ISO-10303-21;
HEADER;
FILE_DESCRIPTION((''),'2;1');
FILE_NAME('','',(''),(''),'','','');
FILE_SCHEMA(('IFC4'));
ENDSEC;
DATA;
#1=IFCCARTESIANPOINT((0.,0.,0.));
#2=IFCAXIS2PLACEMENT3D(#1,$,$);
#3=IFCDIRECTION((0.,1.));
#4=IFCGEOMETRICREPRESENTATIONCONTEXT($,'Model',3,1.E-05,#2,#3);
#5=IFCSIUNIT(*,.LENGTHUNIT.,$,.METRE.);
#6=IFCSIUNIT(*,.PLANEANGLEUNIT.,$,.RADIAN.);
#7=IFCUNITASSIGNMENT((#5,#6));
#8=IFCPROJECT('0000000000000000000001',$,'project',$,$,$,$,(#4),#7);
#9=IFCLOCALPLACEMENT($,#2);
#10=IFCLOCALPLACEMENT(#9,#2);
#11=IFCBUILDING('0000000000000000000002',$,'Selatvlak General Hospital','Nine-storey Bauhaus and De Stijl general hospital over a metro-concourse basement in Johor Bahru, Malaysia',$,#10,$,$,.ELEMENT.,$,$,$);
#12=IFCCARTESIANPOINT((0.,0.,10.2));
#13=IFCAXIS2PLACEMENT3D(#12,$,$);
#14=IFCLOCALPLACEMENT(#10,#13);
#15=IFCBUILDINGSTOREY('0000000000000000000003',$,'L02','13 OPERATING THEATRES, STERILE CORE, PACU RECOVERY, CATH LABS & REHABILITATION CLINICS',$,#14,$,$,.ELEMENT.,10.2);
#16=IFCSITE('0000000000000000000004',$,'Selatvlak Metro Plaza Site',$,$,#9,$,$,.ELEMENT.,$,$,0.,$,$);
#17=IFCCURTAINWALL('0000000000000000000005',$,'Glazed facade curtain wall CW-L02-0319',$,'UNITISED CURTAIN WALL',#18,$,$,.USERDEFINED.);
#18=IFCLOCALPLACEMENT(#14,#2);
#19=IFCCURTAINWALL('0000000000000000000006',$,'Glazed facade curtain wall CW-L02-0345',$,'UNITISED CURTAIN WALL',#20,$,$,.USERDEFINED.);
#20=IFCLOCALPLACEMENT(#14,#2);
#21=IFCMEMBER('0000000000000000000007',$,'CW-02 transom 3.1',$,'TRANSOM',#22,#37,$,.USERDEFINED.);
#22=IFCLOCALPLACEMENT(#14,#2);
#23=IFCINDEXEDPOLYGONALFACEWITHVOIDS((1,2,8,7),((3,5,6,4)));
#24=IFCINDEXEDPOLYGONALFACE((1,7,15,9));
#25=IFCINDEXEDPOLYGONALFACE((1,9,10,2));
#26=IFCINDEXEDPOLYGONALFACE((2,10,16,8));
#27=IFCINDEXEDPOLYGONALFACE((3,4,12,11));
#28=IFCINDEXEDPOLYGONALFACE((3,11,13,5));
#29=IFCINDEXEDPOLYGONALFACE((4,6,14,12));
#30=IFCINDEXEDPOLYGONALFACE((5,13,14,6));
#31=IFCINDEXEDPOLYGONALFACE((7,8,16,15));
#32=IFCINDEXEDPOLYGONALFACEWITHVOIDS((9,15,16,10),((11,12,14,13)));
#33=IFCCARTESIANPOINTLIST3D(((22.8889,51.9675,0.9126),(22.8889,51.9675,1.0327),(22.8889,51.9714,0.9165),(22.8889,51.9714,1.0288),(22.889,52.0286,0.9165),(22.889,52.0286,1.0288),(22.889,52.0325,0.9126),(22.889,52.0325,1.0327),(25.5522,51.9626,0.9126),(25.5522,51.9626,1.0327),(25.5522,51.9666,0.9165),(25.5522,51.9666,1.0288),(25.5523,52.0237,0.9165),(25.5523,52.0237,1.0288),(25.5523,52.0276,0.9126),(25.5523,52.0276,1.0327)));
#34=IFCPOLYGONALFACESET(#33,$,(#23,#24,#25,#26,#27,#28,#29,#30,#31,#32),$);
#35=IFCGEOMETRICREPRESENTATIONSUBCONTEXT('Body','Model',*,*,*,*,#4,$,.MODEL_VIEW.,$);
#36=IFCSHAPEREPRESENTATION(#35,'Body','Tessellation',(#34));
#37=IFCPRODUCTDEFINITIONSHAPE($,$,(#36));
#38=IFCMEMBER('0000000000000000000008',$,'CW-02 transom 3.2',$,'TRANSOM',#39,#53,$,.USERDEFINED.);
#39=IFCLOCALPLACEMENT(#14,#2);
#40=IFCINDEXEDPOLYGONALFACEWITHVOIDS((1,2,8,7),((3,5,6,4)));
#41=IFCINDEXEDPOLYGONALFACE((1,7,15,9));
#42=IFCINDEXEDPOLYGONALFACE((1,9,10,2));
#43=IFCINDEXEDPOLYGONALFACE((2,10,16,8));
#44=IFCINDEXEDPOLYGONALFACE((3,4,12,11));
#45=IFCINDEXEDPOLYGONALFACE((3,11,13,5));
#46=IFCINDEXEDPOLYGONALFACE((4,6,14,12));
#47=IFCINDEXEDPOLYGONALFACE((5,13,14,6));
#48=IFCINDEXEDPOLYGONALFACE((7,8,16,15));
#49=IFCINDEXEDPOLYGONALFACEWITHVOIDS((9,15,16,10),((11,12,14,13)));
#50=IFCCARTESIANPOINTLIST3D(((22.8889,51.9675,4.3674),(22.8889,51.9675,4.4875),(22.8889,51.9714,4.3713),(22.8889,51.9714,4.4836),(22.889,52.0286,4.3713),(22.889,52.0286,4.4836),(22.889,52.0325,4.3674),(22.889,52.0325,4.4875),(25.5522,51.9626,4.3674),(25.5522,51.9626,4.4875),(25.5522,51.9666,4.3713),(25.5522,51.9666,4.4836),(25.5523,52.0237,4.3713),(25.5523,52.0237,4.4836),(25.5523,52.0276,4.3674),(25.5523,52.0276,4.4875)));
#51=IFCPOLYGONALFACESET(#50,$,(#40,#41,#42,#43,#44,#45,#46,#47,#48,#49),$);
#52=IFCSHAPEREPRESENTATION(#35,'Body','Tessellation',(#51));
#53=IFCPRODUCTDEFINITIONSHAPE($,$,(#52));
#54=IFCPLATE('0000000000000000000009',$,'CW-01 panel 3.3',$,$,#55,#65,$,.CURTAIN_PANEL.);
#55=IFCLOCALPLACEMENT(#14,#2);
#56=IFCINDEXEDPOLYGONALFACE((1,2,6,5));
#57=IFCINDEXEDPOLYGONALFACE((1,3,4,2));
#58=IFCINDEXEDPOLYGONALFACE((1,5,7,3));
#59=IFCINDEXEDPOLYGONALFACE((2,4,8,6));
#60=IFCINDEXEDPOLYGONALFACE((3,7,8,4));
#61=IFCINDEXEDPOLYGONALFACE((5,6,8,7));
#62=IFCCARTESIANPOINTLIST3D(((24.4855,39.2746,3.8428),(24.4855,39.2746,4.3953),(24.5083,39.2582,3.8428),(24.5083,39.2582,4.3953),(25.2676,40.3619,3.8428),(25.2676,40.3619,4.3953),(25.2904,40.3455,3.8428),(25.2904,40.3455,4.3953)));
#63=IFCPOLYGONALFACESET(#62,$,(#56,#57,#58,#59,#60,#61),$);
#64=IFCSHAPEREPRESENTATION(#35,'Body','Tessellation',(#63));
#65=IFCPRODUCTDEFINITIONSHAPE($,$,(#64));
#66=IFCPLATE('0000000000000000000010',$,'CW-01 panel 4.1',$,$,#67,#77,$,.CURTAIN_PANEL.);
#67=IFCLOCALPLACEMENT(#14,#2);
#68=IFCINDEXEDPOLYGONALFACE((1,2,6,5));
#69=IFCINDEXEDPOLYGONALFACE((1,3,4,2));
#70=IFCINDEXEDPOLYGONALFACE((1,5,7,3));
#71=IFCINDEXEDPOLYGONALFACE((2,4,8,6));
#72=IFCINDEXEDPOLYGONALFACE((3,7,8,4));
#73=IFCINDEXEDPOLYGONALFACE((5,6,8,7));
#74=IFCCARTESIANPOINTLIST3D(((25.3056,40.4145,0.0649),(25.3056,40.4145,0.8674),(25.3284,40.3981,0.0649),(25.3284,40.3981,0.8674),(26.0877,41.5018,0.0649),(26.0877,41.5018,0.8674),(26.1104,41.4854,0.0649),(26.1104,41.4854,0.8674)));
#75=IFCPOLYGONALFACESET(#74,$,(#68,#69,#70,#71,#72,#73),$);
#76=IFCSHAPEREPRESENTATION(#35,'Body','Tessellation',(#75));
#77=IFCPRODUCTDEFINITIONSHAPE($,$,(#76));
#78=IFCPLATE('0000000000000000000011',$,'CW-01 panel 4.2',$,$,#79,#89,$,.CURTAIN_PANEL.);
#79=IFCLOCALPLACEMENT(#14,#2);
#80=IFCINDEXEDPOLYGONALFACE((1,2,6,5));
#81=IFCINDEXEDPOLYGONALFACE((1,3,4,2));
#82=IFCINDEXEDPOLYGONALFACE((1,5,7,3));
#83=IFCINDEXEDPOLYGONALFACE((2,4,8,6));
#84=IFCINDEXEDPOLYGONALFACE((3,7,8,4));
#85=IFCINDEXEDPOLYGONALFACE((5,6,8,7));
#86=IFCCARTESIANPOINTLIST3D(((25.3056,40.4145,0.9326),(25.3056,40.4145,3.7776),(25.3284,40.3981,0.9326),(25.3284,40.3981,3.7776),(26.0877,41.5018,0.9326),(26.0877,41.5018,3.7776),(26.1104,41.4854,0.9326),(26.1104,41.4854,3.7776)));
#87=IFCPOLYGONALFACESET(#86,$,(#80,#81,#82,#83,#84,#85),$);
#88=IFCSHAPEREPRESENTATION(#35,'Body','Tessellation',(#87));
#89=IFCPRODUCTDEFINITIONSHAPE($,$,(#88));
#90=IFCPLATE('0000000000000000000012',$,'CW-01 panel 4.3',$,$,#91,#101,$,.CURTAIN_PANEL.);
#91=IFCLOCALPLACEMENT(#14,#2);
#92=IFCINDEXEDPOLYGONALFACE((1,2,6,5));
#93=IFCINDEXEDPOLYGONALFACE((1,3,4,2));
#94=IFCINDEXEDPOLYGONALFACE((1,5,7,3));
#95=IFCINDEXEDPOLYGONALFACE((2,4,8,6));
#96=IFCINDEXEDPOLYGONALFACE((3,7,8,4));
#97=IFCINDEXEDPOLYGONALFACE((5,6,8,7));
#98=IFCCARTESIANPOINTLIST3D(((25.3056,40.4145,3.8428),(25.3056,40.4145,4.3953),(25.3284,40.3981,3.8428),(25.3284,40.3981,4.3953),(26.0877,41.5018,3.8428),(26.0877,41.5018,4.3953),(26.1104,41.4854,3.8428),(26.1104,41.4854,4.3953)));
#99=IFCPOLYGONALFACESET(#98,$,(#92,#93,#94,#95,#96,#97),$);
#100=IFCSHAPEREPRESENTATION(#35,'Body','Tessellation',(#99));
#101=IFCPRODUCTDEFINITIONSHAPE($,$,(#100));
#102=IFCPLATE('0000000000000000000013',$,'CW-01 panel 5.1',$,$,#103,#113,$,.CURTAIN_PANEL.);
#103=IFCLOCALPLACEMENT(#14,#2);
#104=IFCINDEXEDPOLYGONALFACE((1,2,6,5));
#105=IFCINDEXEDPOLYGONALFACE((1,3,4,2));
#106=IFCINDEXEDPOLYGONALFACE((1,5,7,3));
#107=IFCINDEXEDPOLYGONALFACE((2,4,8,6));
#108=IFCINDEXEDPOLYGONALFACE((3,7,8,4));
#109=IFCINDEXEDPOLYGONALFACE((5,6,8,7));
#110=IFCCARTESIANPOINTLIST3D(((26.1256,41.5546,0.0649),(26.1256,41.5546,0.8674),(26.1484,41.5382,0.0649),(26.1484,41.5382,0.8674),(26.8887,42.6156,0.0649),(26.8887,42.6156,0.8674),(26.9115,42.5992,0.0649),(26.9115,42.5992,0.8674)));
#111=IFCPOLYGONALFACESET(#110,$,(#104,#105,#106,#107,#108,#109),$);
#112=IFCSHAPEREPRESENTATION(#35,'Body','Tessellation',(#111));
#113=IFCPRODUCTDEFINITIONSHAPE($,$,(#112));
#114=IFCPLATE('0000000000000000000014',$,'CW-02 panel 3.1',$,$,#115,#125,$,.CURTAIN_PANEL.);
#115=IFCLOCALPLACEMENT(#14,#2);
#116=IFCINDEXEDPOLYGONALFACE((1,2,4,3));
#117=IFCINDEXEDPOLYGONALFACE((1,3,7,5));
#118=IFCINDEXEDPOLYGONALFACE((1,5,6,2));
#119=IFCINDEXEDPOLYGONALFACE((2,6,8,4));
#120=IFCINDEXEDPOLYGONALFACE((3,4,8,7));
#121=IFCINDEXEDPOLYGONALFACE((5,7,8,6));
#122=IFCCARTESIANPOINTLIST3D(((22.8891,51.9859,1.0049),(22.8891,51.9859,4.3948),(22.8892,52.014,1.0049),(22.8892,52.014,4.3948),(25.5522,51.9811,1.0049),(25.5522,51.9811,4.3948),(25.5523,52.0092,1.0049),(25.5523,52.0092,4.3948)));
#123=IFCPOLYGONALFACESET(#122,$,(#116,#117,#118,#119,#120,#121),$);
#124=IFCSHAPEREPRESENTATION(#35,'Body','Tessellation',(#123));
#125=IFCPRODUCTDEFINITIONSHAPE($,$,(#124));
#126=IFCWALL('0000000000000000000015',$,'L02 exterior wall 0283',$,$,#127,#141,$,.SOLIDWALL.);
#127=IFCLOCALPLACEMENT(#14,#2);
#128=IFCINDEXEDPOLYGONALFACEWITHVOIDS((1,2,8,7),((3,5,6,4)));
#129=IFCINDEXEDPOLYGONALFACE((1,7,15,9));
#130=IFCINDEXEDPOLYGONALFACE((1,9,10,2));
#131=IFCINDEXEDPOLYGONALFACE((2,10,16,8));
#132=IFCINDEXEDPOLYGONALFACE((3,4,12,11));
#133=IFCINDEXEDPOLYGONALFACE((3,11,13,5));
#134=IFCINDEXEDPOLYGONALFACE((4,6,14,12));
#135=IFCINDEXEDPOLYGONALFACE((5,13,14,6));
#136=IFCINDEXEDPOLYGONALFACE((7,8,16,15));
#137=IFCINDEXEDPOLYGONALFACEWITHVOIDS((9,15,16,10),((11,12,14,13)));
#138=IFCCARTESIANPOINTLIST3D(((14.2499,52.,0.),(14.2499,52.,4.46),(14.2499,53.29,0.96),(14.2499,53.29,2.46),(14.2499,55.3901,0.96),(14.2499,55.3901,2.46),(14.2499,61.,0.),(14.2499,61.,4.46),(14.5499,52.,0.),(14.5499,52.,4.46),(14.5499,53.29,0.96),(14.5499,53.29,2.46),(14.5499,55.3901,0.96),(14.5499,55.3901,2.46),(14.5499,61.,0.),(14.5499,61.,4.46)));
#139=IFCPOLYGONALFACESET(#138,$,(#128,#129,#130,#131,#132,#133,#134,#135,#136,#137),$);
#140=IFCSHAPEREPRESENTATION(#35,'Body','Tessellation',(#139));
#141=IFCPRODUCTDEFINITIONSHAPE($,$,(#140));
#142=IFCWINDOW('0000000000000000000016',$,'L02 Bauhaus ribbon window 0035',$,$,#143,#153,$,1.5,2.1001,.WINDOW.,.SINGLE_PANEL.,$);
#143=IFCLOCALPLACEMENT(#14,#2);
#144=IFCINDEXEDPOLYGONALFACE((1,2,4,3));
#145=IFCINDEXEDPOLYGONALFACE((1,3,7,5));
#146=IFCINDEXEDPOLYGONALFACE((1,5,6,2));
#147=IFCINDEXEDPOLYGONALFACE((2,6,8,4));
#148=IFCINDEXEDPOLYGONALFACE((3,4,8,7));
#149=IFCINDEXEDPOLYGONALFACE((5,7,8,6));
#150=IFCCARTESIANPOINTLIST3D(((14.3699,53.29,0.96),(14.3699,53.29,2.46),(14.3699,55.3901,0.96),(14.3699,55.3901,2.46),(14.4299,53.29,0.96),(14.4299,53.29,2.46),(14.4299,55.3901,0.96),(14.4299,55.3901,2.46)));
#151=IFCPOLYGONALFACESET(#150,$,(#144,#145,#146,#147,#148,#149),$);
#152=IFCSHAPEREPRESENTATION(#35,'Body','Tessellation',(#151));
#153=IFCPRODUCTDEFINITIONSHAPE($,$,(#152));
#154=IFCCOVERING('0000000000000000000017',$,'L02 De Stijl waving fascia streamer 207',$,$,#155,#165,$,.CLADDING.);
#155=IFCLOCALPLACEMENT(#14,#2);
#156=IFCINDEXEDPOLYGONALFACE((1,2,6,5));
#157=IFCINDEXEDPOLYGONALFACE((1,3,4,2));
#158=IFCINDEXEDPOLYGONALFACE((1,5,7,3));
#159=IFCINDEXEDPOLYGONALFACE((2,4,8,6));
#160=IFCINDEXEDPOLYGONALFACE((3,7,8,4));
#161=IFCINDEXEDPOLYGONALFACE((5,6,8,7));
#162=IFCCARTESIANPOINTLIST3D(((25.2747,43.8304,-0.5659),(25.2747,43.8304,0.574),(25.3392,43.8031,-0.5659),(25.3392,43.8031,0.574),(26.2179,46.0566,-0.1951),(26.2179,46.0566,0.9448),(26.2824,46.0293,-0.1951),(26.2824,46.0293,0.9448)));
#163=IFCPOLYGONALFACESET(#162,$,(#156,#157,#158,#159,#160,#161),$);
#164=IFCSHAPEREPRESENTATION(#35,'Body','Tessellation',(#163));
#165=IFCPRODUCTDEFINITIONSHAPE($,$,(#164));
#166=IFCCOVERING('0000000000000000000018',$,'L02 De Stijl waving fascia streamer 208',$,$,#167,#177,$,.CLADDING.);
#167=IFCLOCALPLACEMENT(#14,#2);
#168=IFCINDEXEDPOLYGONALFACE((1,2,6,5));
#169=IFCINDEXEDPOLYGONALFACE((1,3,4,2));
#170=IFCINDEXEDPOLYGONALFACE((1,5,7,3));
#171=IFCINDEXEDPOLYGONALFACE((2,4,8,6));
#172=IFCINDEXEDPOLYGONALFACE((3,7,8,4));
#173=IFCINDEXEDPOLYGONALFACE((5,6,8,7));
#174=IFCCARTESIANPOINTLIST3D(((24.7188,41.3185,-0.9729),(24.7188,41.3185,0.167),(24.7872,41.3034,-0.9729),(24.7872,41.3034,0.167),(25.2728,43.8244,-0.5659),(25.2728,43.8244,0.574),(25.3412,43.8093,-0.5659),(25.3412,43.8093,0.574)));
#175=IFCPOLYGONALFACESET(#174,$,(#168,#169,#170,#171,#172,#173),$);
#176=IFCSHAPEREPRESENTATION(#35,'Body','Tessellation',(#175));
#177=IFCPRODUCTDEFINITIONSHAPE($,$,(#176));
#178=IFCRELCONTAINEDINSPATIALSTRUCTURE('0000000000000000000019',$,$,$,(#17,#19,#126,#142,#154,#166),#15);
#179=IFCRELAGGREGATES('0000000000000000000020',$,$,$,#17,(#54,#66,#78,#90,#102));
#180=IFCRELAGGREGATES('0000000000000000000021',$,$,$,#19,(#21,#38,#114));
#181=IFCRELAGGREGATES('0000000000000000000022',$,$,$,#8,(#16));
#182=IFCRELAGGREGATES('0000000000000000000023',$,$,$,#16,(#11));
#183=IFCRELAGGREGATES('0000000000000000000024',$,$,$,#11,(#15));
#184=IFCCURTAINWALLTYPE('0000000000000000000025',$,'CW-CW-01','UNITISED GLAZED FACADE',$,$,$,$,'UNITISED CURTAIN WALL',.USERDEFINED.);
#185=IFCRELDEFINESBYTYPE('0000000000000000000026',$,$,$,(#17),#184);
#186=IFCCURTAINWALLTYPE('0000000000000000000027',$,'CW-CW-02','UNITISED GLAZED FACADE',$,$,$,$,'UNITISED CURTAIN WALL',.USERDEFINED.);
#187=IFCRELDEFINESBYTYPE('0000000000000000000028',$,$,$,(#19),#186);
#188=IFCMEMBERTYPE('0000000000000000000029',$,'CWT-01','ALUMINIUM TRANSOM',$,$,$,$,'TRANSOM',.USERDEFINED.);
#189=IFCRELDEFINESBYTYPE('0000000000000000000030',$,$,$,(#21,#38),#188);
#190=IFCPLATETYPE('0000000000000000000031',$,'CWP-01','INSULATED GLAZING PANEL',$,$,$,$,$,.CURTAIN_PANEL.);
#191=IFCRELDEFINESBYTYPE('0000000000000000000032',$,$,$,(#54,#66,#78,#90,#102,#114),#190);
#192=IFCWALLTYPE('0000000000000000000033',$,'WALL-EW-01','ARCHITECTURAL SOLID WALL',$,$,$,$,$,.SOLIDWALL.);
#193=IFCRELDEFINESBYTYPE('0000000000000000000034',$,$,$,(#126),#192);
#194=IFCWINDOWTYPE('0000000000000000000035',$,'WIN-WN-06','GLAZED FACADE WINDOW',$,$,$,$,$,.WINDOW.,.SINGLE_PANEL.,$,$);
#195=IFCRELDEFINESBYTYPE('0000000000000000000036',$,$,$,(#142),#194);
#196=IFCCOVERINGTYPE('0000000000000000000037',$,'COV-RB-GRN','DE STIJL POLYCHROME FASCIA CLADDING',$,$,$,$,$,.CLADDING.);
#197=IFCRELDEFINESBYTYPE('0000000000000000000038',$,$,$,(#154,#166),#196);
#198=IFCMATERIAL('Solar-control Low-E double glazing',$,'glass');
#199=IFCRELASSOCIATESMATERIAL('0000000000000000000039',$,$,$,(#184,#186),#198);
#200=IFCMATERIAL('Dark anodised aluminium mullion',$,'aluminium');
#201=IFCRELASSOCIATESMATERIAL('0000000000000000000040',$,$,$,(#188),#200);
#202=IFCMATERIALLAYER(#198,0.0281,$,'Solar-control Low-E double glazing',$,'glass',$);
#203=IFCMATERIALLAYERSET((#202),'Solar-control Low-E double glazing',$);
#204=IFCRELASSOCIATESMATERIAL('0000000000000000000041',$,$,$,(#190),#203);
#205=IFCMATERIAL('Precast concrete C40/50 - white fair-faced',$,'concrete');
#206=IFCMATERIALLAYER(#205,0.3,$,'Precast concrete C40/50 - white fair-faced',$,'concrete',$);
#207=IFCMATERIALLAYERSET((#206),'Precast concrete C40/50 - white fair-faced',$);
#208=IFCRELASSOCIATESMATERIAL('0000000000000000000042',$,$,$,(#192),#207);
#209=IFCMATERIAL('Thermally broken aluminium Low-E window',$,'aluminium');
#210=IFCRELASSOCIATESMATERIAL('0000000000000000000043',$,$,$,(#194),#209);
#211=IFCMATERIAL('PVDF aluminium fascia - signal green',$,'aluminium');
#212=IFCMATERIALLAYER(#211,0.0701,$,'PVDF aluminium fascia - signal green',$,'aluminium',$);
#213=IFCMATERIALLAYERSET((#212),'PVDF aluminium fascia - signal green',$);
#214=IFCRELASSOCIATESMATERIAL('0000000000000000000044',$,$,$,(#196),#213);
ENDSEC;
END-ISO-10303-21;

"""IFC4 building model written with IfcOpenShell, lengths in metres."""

from ifc_helpers import new_model, si_unit, direction, frame, frame_2d, origin, origin_2d, place, context, subcontext, project, spatial, polyline, rectangle, hollow_rectangle, outline, extrude, material, layer, layer_set, material_profile, profile_set, type_object, element, fill, aggregate, save


model = new_model("IFC4")

# Units and contexts
model_context = context("Model", 3, precision=1e-05, world=origin(), true_north=direction((0.0, 1.0)))
body_context = subcontext(model_context, "Body", "Model", "MODEL_VIEW")
ifc_project = project(units=[si_unit("LENGTHUNIT", "METRE"), si_unit("PLANEANGLEUNIT", "RADIAN")], contexts=[model_context])

# Site, building, storey
site_placement = place(None, origin())
site = spatial("IfcSite", under=ifc_project, at=site_placement, Name="Selatvlak Metro Plaza Site", CompositionType="ELEMENT", RefElevation=0.0)
building_placement = place(site_placement, origin())
building = spatial("IfcBuilding", under=site, at=building_placement, Name="Selatvlak General Hospital", Description="Nine-storey Bauhaus and De Stijl general hospital over a metro-concourse basement in Johor Bahru, Malaysia", CompositionType="ELEMENT")
storey_placement = place(building_placement, frame((0.0, 0.0, 10.2)))
storey = spatial("IfcBuildingStorey", under=building, at=storey_placement, Name="L02", Description="13 OPERATING THEATRES, STERILE CORE, PACU RECOVERY, CATH LABS & REHABILITATION CLINICS", CompositionType="ELEMENT", Elevation=10.2)

# Curtain wall
ifc_material_1 = material(Name="Solar-control Low-E double glazing", Category="glass")
curtain_wall_type_1 = type_object("IfcCurtainWallType", Name="CW-CW-01", Description="UNITISED GLAZED FACADE", ElementType="UNITISED CURTAIN WALL", PredefinedType="USERDEFINED", material=ifc_material_1)
curtain_wall_1_placement = place(storey_placement, origin())
curtain_wall_1 = element("IfcCurtainWall", 1, at=curtain_wall_1_placement, inside=storey, type_object=curtain_wall_type_1, Name="Glazed facade curtain wall CW-L02-0319", ObjectType="UNITISED CURTAIN WALL", PredefinedType="USERDEFINED")
ifc_material_2 = material(Name="Dark anodised aluminium mullion", Category="aluminium")

# Curtain wall
curtain_wall_type_2 = type_object("IfcCurtainWallType", Name="CW-CW-02", Description="UNITISED GLAZED FACADE", ElementType="UNITISED CURTAIN WALL", PredefinedType="USERDEFINED", material=ifc_material_1)
curtain_wall_2_placement = place(storey_placement, origin())
curtain_wall_2 = element("IfcCurtainWall", 2, at=curtain_wall_2_placement, inside=storey, type_object=curtain_wall_type_2, Name="Glazed facade curtain wall CW-L02-0345", ObjectType="UNITISED CURTAIN WALL", PredefinedType="USERDEFINED")

# Members
ifc_material_profile_1 = material_profile(ifc_material_2, hollow_rectangle(XDim=0.0649, YDim=0.1201, WallThickness=0.0039, at=origin_2d()), Name="AL-TRN 65x120x4")
ifc_profile_set_1 = profile_set([ifc_material_profile_1], Name="Dark anodised aluminium mullion")
member_type_1 = type_object("IfcMemberType", Name="CWT-01", Description="ALUMINIUM TRANSOM", ElementType="TRANSOM", PredefinedType="USERDEFINED", material=ifc_profile_set_1)
member_1_placement = place(storey_placement, frame((25.5522, 51.9951, 0.9727), z_axis=(-0.999998, 0.001833, 0.0), x_axis=(-0.001833, -0.999998, 0.0)))
member_1 = element("IfcMember", 3, at=member_1_placement, type_object=member_type_1, Name="CW-02 transom 3.1", ObjectType="TRANSOM", PredefinedType="USERDEFINED", context=body_context, shape_type="SweptSolid", body=[
    extrude(hollow_rectangle(XDim=0.0649, YDim=0.1201, WallThickness=0.0039, at=origin_2d()), origin(), (0.0, 0.0, 1.0), 2.6633),
])
member_2_placement = place(storey_placement, frame((25.5522, 51.9951, 4.4275), z_axis=(-0.999998, 0.001833, 0.0), x_axis=(-0.001833, -0.999998, 0.0)))
member_2 = element("IfcMember", 4, at=member_2_placement, type_object=member_type_1, Name="CW-02 transom 3.2", ObjectType="TRANSOM", PredefinedType="USERDEFINED", context=body_context, shape_type="SweptSolid", body=[
    extrude(hollow_rectangle(XDim=0.0649, YDim=0.1201, WallThickness=0.0039, at=origin_2d()), origin(), (0.0, 0.0, 1.0), 2.6633),
])

# Plates
ifc_layer_1 = layer(ifc_material_1, 0.0281, Name="Solar-control Low-E double glazing", Category="glass")
ifc_layer_set_1 = layer_set([ifc_layer_1], Name="Solar-control Low-E double glazing")
plate_type = type_object("IfcPlateType", Name="CWP-01", Description="INSULATED GLAZING PANEL", PredefinedType="CURTAIN_PANEL", material=ifc_layer_set_1)
plate_1_placement = place(storey_placement, frame((24.8879, 39.8101, 3.8428), z_axis=(0.0, 0.0, 1.0), x_axis=(0.583929, 0.811804, 0.0)))
plate_1 = element("IfcPlate", 5, at=plate_1_placement, type_object=plate_type, Name="CW-01 panel 3.3", PredefinedType="CURTAIN_PANEL", context=body_context, shape_type="SweptSolid", body=[
    extrude(rectangle(XDim=1.3394, YDim=0.0281, at=origin_2d()), origin(), (0.0, 0.0, 1.0), 0.5525),
])
plate_2_placement = place(storey_placement, frame((25.708, 40.95, 0.0649), z_axis=(0.0, 0.0, 1.0), x_axis=(0.583929, 0.811804, 0.0)))
plate_2 = element("IfcPlate", 6, at=plate_2_placement, type_object=plate_type, Name="CW-01 panel 4.1", PredefinedType="CURTAIN_PANEL", context=body_context, shape_type="SweptSolid", body=[
    extrude(rectangle(XDim=1.3394, YDim=0.0281, at=origin_2d()), origin(), (0.0, 0.0, 1.0), 0.8025),
])
plate_3_placement = place(storey_placement, frame((25.708, 40.95, 0.9326), z_axis=(0.0, 0.0, 1.0), x_axis=(0.583929, 0.811804, 0.0)))
plate_3 = element("IfcPlate", 7, at=plate_3_placement, type_object=plate_type, Name="CW-01 panel 4.2", PredefinedType="CURTAIN_PANEL", context=body_context, shape_type="SweptSolid", body=[
    extrude(rectangle(XDim=1.3394, YDim=0.0281, at=origin_2d()), origin(), (0.0, 0.0, 1.0), 2.845),
])
plate_4_placement = place(storey_placement, frame((25.708, 40.95, 3.8428), z_axis=(0.0, 0.0, 1.0), x_axis=(0.583929, 0.811804, 0.0)))
plate_4 = element("IfcPlate", 8, at=plate_4_placement, type_object=plate_type, Name="CW-01 panel 4.3", PredefinedType="CURTAIN_PANEL", context=body_context, shape_type="SweptSolid", body=[
    extrude(rectangle(XDim=1.3394, YDim=0.0281, at=origin_2d()), origin(), (0.0, 0.0, 1.0), 0.5525),
])
plate_5_placement = place(storey_placement, frame((26.5186, 42.0769, 0.0649), z_axis=(0.0, 0.0, 1.0), x_axis=(0.583929, 0.811804, 0.0)))
plate_5 = element("IfcPlate", 9, at=plate_5_placement, type_object=plate_type, Name="CW-01 panel 5.1", PredefinedType="CURTAIN_PANEL", context=body_context, shape_type="SweptSolid", body=[
    extrude(rectangle(XDim=1.3069, YDim=0.0281, at=origin_2d()), origin(), (0.0, 0.0, 1.0), 0.8025),
])
aggregate(curtain_wall_1, [plate_1, plate_2, plate_3, plate_4, plate_5])
plate_6_placement = place(storey_placement, frame((24.2207, 51.9976, 1.0049), z_axis=(0.0, 0.0, 1.0), x_axis=(-0.999998, 0.001811, 0.0)))
plate_6 = element("IfcPlate", 10, at=plate_6_placement, type_object=plate_type, Name="CW-02 panel 3.1", PredefinedType="CURTAIN_PANEL", context=body_context, shape_type="SweptSolid", body=[
    extrude(rectangle(XDim=2.6631, YDim=0.0281, at=origin_2d()), origin(), (0.0, 0.0, 1.0), 3.3899),
])
aggregate(curtain_wall_2, [member_1, member_2, plate_6])

# Wall, opening, window
ifc_material_3 = material(Name="Precast concrete C40/50 - white fair-faced", Category="concrete")
ifc_layer_2 = layer(ifc_material_3, 0.3, Name="Precast concrete C40/50 - white fair-faced", Category="concrete")
ifc_layer_set_2 = layer_set([ifc_layer_2], Name="Precast concrete C40/50 - white fair-faced")
wall_type = type_object("IfcWallType", Name="WALL-EW-01", Description="ARCHITECTURAL SOLID WALL", PredefinedType="SOLIDWALL", material=ifc_layer_set_2)
wall_placement = place(storey_placement, frame((14.3999, 52.0, 0.0), z_axis=(0.0, 0.0, 1.0), x_axis=(0.0, 1.0, 0.0)))
wall = element("IfcWall", 11, at=wall_placement, inside=storey, type_object=wall_type, Name="L02 exterior wall 0283", PredefinedType="SOLIDWALL", context=body_context, shape_type="SweptSolid", body=[
    extrude(rectangle(XDim=9.0, YDim=0.3, at=frame_2d((4.5, 0.0))), origin(), (0.0, 0.0, 1.0), 4.46),
])
opening_placement = place(wall_placement, frame((1.29, 0.0, 0.96)))
opening = element("IfcOpeningElement", 12, at=opening_placement, cuts=wall, PredefinedType="OPENING", context=body_context, shape_type="SweptSolid", body=[
    extrude(rectangle(XDim=2.1001, YDim=1.5, at=frame_2d((1.05, 0.75))), frame((0.0, 0.1599, 0.0), z_axis=(0.0, -1.0, 0.0), x_axis=(1.0, 0.0, 0.0)), (0.0, 0.0, 1.0), 0.3201),
])
ifc_material_4 = material(Name="Thermally broken aluminium Low-E window", Category="aluminium")
window_type = type_object("IfcWindowType", Name="WIN-WN-06", Description="GLAZED FACADE WINDOW", PartitioningType="SINGLE_PANEL", PredefinedType="WINDOW", material=ifc_material_4)
window_placement = place(opening_placement, origin())
window = element("IfcWindow", 13, at=window_placement, inside=storey, type_object=window_type, Name="L02 Bauhaus ribbon window 0035", OverallHeight=1.5, OverallWidth=2.1001, PartitioningType="SINGLE_PANEL", PredefinedType="WINDOW", context=body_context, shape_type="SweptSolid", body=[
    extrude(rectangle(XDim=2.1001, YDim=1.5, at=frame_2d((1.05, 0.75))), frame((0.0, 0.03, 0.0), z_axis=(0.0, -1.0, 0.0), x_axis=(1.0, 0.0, 0.0)), (0.0, 0.0, 1.0), 0.0601),
])
fill(opening, window)

# Coverings
ifc_material_5 = material(Name="PVDF aluminium fascia - signal green", Category="aluminium")
ifc_layer_3 = layer(ifc_material_5, 0.0701, Name="PVDF aluminium fascia - signal green", Category="aluminium")
ifc_layer_set_3 = layer_set([ifc_layer_3], Name="PVDF aluminium fascia - signal green")
covering_type_1 = type_object("IfcCoveringType", Name="COV-RB-GRN", Description="DE STIJL POLYCHROME FASCIA CLADDING", PredefinedType="CLADDING", material=ifc_layer_set_3)
covering_1_placement = place(storey_placement, frame((26.25, 46.043, -0.1951), z_axis=(0.0, 0.0, 1.0), x_axis=(-0.390101, -0.920772, 0.0)))
element("IfcCovering", 14, at=covering_1_placement, inside=storey, type_object=covering_type_1, Name="L02 De Stijl waving fascia streamer 207", PredefinedType="CLADDING", context=body_context, shape_type="SweptSolid", body=[
    extrude(outline(polyline([(0.0, 0.0), (2.4177, -0.3708), (2.4177, 0.769), (0.0, 1.1399), (0.0, 0.0)])), frame((0.0, 0.0352, 0.0), z_axis=(0.0, -1.0, 0.0), x_axis=(1.0, 0.0, 0.0)), (0.0, 0.0, 1.0), 0.0701),
])
covering_2_placement = place(storey_placement, frame((25.3069, 43.8169, -0.5659), z_axis=(0.0, 0.0, 1.0), x_axis=(-0.215853, -0.976426, 0.0)))
element("IfcCovering", 15, at=covering_2_placement, inside=storey, type_object=covering_type_1, Name="L02 De Stijl waving fascia streamer 208", PredefinedType="CLADDING", context=body_context, shape_type="SweptSolid", body=[
    extrude(outline(polyline([(0.0, 0.0), (2.5664, -0.407), (2.5664, 0.7329), (0.0, 1.1399), (0.0, 0.0)])), frame((0.0, 0.0352, 0.0), z_axis=(0.0, -1.0, 0.0), x_axis=(1.0, 0.0, 0.0)), (0.0, 0.0, 1.0), 0.0701),
])

save(model, "model.ifc")
